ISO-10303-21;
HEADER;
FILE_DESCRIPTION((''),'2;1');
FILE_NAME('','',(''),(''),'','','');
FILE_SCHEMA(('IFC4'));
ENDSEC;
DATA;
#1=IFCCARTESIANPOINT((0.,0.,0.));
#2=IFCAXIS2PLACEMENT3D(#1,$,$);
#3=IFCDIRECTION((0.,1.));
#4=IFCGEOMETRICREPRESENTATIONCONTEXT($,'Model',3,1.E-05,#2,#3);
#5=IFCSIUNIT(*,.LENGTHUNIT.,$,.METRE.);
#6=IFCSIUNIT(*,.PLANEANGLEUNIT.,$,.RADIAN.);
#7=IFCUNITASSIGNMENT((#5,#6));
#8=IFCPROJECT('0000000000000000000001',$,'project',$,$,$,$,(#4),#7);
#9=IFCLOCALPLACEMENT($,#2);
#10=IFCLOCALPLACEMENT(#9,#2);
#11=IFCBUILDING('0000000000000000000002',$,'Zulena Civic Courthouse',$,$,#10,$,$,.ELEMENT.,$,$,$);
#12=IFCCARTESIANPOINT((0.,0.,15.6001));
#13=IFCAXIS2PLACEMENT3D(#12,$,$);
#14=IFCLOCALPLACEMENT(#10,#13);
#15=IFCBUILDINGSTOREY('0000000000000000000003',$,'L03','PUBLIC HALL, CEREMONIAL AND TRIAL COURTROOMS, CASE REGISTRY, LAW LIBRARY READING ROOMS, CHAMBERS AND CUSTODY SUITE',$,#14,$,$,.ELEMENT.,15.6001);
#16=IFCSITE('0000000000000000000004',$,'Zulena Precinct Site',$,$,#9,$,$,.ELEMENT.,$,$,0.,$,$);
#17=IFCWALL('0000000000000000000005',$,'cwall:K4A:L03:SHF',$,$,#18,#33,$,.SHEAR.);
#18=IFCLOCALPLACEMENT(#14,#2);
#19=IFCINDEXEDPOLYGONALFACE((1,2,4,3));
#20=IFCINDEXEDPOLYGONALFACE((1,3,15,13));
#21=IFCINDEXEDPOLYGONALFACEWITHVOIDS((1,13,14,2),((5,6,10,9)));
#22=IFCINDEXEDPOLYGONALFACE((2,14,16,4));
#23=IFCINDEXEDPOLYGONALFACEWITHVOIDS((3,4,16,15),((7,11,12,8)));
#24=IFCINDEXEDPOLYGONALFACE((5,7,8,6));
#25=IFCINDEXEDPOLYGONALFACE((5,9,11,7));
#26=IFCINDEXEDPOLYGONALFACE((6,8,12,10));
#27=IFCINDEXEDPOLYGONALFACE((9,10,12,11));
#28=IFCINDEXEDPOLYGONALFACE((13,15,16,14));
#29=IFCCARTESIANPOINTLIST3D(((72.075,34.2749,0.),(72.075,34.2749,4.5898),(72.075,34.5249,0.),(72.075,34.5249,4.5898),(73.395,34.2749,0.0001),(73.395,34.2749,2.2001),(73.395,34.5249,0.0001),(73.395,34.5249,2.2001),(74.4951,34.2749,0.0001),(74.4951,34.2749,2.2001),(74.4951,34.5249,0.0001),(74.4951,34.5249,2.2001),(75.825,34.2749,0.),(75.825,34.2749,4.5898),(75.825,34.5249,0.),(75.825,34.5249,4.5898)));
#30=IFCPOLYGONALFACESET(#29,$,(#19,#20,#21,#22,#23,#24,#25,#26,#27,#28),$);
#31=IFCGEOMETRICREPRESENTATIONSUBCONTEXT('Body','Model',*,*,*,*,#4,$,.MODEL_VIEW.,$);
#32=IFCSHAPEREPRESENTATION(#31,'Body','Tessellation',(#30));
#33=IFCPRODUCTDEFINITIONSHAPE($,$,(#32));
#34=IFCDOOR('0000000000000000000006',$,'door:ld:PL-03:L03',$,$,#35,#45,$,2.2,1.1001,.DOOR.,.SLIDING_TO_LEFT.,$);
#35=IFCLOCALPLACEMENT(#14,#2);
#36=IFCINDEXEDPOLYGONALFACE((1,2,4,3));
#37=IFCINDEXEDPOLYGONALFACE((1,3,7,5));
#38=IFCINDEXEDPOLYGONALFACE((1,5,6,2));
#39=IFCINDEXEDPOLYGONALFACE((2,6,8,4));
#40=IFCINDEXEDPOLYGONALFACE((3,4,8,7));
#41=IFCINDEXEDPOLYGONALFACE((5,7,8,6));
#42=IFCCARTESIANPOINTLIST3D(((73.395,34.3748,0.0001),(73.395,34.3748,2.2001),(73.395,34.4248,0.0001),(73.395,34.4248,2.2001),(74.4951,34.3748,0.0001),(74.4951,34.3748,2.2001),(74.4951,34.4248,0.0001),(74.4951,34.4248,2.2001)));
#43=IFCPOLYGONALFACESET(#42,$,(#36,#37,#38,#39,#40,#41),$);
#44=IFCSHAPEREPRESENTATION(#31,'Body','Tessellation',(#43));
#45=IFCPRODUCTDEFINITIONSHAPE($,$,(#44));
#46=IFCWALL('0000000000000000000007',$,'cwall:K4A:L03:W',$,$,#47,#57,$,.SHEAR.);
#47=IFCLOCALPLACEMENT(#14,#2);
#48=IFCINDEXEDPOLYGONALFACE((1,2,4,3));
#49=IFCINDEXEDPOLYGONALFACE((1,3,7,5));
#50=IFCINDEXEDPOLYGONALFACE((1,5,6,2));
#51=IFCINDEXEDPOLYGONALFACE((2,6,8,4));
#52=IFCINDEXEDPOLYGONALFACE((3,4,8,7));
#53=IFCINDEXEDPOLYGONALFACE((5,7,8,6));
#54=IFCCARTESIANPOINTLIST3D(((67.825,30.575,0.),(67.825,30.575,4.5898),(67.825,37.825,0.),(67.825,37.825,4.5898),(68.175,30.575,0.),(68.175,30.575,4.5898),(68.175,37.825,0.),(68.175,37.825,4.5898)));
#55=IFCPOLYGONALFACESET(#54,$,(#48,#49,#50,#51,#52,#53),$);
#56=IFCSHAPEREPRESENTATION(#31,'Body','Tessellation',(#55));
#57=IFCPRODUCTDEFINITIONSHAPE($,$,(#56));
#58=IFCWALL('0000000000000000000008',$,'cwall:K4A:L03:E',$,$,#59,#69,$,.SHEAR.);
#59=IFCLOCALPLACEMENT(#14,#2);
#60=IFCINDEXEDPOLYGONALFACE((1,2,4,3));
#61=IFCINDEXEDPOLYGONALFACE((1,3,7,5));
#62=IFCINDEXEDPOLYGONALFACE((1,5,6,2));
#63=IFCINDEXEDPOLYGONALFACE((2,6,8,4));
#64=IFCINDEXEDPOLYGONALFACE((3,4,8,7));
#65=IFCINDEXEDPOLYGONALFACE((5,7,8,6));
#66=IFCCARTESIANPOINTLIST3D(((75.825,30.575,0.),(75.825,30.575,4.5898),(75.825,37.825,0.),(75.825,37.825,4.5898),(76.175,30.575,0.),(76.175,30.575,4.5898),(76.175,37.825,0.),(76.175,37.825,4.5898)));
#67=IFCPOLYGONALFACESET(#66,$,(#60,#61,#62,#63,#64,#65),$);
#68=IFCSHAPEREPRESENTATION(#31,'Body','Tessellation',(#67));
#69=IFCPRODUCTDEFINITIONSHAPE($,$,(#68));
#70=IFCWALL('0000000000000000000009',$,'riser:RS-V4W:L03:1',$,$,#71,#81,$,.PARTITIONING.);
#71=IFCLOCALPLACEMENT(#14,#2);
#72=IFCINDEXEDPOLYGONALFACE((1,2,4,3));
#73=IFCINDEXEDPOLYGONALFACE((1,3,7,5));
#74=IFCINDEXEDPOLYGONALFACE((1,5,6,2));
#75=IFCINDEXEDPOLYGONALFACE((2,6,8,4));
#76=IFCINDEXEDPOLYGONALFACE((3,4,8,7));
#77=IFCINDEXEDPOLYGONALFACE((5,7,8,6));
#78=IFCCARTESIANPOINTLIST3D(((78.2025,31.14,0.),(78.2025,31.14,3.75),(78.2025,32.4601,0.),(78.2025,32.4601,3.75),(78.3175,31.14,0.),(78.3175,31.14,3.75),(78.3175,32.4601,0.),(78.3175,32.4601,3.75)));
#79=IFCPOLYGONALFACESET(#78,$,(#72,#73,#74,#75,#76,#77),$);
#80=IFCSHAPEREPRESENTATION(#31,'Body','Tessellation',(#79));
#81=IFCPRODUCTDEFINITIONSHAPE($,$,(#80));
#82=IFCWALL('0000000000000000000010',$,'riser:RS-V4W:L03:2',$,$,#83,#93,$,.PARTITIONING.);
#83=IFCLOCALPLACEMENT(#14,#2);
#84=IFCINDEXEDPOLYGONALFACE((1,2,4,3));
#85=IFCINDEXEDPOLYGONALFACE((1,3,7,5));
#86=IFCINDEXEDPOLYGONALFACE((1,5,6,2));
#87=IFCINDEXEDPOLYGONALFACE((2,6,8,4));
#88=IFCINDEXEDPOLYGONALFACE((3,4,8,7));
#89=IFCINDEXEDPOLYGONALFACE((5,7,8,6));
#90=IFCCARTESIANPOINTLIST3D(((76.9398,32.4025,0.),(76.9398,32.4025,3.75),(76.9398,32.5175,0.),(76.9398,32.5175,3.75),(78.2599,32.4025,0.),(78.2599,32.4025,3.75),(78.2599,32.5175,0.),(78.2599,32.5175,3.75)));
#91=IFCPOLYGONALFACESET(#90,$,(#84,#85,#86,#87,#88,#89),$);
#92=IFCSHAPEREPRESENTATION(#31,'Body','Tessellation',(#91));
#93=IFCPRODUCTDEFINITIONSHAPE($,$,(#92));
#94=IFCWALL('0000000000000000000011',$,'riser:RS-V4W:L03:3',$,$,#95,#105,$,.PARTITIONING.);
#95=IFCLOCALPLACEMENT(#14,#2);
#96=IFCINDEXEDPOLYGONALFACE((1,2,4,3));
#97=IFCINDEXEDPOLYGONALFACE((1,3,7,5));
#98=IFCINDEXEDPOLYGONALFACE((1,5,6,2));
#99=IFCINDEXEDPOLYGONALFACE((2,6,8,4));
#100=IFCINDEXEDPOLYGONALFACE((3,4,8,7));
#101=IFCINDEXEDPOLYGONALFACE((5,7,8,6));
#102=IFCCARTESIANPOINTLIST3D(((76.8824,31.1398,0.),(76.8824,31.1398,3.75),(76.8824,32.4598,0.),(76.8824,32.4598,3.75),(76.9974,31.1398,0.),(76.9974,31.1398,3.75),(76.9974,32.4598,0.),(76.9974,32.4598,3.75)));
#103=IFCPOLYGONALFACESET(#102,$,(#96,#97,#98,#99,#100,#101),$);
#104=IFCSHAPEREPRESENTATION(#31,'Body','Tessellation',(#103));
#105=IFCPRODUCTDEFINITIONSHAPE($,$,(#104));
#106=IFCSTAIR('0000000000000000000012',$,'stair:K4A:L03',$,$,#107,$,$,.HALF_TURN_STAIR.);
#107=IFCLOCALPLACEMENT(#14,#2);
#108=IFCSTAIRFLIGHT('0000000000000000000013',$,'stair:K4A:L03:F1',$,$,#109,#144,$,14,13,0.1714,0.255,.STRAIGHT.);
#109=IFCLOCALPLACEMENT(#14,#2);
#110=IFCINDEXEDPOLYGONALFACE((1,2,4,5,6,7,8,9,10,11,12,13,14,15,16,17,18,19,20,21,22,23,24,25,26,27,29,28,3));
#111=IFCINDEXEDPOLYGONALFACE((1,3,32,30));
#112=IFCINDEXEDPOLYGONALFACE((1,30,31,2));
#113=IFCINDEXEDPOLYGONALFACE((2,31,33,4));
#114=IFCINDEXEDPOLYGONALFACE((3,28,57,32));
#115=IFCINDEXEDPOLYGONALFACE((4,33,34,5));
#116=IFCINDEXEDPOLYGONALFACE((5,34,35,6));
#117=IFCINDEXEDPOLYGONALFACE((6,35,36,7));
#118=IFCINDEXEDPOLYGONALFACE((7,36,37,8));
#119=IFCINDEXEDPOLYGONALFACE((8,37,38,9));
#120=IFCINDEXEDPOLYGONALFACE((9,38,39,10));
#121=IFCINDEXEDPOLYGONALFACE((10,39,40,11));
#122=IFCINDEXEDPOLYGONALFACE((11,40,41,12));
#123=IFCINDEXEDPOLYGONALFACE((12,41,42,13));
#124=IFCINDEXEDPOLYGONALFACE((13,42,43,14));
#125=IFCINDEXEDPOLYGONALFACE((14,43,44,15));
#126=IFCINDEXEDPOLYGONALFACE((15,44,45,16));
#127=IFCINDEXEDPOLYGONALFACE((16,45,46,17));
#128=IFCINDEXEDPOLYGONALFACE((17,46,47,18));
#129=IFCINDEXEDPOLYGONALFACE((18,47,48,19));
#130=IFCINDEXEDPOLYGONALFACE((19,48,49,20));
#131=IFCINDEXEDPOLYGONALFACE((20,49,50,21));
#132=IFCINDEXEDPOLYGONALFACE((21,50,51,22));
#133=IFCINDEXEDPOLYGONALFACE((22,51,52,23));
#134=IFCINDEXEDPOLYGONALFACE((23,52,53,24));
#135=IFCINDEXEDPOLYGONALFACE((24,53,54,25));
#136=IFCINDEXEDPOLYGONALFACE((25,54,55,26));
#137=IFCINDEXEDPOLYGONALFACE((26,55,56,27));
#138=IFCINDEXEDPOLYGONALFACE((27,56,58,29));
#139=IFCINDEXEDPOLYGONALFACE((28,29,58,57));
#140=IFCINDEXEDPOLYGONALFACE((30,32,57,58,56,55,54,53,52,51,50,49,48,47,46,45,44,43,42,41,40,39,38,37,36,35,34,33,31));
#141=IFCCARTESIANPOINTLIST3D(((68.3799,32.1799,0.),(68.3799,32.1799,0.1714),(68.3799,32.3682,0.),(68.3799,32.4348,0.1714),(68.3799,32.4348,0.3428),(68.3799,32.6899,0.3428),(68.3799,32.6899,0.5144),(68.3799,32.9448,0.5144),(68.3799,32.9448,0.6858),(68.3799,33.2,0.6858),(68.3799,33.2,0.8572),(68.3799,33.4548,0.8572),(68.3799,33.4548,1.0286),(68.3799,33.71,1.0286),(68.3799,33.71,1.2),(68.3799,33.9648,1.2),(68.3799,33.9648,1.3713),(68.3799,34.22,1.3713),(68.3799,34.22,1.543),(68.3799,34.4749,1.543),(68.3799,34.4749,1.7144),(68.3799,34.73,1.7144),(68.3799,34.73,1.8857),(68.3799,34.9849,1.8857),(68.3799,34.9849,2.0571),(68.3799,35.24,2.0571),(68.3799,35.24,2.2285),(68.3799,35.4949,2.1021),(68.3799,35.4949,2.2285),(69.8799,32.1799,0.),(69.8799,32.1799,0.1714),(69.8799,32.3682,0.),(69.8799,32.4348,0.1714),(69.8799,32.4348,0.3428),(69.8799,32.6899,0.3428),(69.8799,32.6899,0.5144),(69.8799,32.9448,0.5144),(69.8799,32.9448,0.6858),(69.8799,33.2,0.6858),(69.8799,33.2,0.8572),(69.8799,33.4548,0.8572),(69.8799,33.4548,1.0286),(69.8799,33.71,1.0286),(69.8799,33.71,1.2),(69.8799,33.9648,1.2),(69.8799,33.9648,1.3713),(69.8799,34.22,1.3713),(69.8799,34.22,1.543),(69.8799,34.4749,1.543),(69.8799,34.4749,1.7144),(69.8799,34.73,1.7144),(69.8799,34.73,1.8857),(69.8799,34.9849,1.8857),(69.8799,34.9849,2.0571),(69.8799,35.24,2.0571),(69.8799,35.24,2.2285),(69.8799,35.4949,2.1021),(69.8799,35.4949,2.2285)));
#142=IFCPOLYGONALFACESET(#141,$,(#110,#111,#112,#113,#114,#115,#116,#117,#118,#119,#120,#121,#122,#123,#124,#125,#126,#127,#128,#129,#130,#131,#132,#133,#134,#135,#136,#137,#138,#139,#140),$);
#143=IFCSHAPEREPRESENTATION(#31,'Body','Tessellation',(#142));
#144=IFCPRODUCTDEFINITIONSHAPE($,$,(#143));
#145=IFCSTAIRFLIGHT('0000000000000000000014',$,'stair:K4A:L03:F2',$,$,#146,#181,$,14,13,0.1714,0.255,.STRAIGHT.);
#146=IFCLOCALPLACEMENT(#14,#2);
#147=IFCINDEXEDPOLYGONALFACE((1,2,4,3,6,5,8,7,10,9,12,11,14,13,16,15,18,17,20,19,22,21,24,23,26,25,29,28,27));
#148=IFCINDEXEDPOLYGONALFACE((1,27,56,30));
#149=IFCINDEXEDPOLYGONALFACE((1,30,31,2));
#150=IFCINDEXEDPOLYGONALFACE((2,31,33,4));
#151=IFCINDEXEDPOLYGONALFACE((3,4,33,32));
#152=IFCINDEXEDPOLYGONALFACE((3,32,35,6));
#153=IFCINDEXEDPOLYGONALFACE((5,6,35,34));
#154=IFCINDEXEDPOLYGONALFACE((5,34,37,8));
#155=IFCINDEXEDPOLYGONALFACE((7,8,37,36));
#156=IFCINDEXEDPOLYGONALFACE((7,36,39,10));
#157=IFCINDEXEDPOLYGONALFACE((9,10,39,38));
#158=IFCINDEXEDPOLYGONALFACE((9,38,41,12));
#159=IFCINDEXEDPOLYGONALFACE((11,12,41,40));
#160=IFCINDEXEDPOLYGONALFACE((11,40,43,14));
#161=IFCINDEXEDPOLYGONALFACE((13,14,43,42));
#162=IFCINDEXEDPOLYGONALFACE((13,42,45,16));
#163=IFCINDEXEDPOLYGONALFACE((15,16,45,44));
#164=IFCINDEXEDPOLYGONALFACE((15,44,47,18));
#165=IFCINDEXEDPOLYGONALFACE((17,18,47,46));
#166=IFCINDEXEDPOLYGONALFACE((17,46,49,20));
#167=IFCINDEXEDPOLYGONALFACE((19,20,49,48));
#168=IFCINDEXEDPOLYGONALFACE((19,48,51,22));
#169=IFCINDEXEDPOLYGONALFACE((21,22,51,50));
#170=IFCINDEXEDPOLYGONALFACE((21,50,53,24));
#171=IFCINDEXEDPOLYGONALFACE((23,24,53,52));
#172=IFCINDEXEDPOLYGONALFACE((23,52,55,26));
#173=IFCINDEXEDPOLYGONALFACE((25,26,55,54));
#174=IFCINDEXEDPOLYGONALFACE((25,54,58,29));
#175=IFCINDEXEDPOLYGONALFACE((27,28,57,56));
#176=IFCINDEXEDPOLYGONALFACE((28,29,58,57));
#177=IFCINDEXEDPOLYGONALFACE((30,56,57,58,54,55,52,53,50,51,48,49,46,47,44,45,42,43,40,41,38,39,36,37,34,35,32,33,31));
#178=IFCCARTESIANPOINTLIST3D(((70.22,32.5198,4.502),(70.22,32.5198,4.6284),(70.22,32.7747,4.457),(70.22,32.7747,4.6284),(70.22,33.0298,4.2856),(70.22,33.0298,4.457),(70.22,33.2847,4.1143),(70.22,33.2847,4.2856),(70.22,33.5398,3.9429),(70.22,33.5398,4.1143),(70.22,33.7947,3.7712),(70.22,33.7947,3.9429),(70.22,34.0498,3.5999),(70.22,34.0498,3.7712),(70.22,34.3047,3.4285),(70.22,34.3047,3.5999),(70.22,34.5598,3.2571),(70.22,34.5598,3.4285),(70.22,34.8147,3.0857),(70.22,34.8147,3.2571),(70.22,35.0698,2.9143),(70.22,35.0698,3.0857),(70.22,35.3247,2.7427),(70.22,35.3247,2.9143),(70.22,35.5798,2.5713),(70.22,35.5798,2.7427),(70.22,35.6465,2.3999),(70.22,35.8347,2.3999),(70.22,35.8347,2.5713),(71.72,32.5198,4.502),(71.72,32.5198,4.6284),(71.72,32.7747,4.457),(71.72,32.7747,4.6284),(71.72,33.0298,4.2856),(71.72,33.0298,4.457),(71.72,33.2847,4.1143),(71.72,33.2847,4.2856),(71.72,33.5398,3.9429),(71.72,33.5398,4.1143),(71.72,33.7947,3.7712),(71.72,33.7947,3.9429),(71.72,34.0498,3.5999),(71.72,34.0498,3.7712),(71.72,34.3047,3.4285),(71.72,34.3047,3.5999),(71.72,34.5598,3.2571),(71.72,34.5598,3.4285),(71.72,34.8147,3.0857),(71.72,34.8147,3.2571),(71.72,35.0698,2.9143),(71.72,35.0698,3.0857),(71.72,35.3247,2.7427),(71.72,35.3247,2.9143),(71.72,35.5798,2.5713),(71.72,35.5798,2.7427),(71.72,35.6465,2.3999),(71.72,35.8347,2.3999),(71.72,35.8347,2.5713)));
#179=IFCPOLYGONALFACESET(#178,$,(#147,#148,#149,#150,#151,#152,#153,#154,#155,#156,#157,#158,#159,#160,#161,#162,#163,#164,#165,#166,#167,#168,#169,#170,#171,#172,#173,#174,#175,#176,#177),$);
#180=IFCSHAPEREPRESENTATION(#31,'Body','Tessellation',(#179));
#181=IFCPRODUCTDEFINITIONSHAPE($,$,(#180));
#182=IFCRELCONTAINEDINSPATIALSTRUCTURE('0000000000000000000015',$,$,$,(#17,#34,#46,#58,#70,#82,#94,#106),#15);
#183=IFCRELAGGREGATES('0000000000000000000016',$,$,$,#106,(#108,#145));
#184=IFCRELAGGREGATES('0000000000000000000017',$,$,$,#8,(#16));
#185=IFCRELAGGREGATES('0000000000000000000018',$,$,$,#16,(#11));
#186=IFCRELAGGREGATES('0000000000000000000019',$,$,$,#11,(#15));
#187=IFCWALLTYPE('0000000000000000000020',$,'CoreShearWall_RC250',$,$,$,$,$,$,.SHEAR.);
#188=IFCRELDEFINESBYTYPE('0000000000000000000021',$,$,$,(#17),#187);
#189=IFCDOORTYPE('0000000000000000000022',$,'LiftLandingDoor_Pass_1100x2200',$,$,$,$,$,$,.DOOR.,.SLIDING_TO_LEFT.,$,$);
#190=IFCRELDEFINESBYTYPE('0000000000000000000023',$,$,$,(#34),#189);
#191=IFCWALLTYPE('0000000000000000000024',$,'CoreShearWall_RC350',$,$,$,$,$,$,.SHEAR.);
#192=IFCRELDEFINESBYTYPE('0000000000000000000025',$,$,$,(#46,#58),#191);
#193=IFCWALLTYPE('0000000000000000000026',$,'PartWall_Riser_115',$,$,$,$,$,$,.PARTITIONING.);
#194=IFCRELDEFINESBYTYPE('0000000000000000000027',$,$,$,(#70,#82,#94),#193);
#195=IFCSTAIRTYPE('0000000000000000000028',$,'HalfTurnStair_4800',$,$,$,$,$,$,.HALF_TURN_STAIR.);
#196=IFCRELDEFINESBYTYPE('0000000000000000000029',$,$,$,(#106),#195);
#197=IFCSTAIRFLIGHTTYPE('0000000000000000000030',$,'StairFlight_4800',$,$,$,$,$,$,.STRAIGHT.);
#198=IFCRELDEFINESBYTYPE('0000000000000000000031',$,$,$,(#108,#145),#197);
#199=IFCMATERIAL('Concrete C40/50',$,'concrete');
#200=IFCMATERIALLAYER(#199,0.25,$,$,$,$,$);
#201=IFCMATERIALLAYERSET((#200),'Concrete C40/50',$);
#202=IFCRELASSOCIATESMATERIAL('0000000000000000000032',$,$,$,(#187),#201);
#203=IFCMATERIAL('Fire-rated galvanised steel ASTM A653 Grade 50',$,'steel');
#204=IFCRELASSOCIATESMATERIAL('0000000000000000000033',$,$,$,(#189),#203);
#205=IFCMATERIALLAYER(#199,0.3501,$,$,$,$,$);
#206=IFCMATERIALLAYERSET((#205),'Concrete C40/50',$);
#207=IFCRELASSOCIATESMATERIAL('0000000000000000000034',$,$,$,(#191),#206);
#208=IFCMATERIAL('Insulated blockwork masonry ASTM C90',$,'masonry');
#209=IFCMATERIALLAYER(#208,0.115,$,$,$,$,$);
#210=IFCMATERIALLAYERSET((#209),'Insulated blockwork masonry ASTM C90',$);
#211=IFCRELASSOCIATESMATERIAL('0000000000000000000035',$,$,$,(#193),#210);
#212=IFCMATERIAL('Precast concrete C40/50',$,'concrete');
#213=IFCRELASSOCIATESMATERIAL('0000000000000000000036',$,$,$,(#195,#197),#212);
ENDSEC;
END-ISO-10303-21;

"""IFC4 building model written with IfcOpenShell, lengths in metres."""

from ifc_helpers import new_model, si_unit, direction, frame, frame_2d, origin, place, context, subcontext, project, spatial, polyline, rectangle, outline, extrude, material, layer, layer_set, type_object, element, fill, aggregate, save


model = new_model("IFC4")

# Units and contexts
model_context = context("Model", 3, precision=1e-05, world=origin(), true_north=direction((0.0, 1.0)))
body_context = subcontext(model_context, "Body", "Model", "MODEL_VIEW")
ifc_project = project(units=[si_unit("LENGTHUNIT", "METRE"), si_unit("PLANEANGLEUNIT", "RADIAN")], contexts=[model_context])

# Site, building, storey
site_placement = place(None, origin())
site = spatial("IfcSite", under=ifc_project, at=site_placement, Name="Zulena Precinct Site", CompositionType="ELEMENT", RefElevation=0.0)
building_placement = place(site_placement, origin())
building = spatial("IfcBuilding", under=site, at=building_placement, Name="Zulena Civic Courthouse", CompositionType="ELEMENT")
storey_placement = place(building_placement, frame((0.0, 0.0, 15.6001)))
storey = spatial("IfcBuildingStorey", under=building, at=storey_placement, Name="L03", Description="PUBLIC HALL, CEREMONIAL AND TRIAL COURTROOMS, CASE REGISTRY, LAW LIBRARY READING ROOMS, CHAMBERS AND CUSTODY SUITE", CompositionType="ELEMENT", Elevation=15.6001)

# Wall, opening, door
ifc_material_1 = material(Name="Concrete C40/50", Category="concrete")
ifc_layer_1 = layer(ifc_material_1, 0.25)
ifc_layer_set_1 = layer_set([ifc_layer_1], Name="Concrete C40/50")
wall_type_1 = type_object("IfcWallType", Name="CoreShearWall_RC250", PredefinedType="SHEAR", material=ifc_layer_set_1)
ifc_material_2 = material(Name="Fire-rated galvanised steel ASTM A653 Grade 50", Category="steel")
wall_1_placement = place(storey_placement, frame((72.075, 34.3999, 0.0), z_axis=(0.0, 0.0, 1.0), x_axis=(1.0, 0.0, 0.0)))
wall_1 = element("IfcWall", 1, at=wall_1_placement, inside=storey, type_object=wall_type_1, Name="cwall:K4A:L03:SHF", PredefinedType="SHEAR", context=body_context, shape_type="SweptSolid", body=[
    extrude(rectangle(XDim=3.75, YDim=0.25, at=frame_2d((1.875, 0.0))), origin(), (0.0, 0.0, 1.0), 4.5898),
])
opening_1_placement = place(wall_1_placement, frame((1.3201, 0.0, 0.0)))
opening_1 = element("IfcOpeningElement", 2, at=opening_1_placement, cuts=wall_1, PredefinedType="OPENING", context=body_context, shape_type="SweptSolid", body=[
    extrude(rectangle(XDim=1.1001, YDim=2.2, at=frame_2d((0.55, 1.1001))), frame((0.0, 0.135, 0.0), z_axis=(0.0, -1.0, 0.0), x_axis=(1.0, 0.0, 0.0)), (0.0, 0.0, 1.0), 0.27),
])
door_type_1 = type_object("IfcDoorType", Name="LiftLandingDoor_Pass_1100x2200", OperationType="SLIDING_TO_LEFT", PredefinedType="DOOR", material=ifc_material_2)
door_1_placement = place(opening_1_placement, origin())
door_1 = element("IfcDoor", 3, at=door_1_placement, inside=storey, type_object=door_type_1, Name="door:ld:PL-03:L03", OperationType="SLIDING_TO_LEFT", OverallHeight=2.2, OverallWidth=1.1001, PredefinedType="DOOR", context=body_context, shape_type="SweptSolid", body=[
    extrude(rectangle(XDim=1.1001, YDim=2.2, at=frame_2d((0.55, 1.1001))), frame((0.0, 0.0249, 0.0), z_axis=(0.0, -1.0, 0.0), x_axis=(1.0, 0.0, 0.0)), (0.0, 0.0, 1.0), 0.05),
])
fill(opening_1, door_1)

# Walls
ifc_layer_2 = layer(ifc_material_1, 0.3501)
ifc_layer_set_2 = layer_set([ifc_layer_2], Name="Concrete C40/50")
wall_type_2 = type_object("IfcWallType", Name="CoreShearWall_RC350", PredefinedType="SHEAR", material=ifc_layer_set_2)
for number, where, z_axis, x_axis, name in (
    (4, (68.0, 30.575, 0.0), (0.0, 0.0, 1.0), (0.0, 1.0, 0.0), "cwall:K4A:L03:W"),
    (5, (76.0, 30.575, 0.0), (0.0, 0.0, 1.0), (0.0, 1.0, 0.0), "cwall:K4A:L03:E"),
):
    element("IfcWall", number, at=place(storey_placement, frame(where, z_axis=z_axis, x_axis=x_axis)), inside=storey, type_object=wall_type_2, Name=name, PredefinedType="SHEAR", context=body_context, shape_type="SweptSolid", body=[
        extrude(rectangle(XDim=7.25, YDim=0.3501, at=frame_2d((3.625, 0.0))), origin(), (0.0, 0.0, 1.0), 4.5898),
    ])
ifc_material_3 = material(Name="Insulated blockwork masonry ASTM C90", Category="masonry")
ifc_layer_3 = layer(ifc_material_3, 0.115)
ifc_layer_set_3 = layer_set([ifc_layer_3], Name="Insulated blockwork masonry ASTM C90")
wall_type_3 = type_object("IfcWallType", Name="PartWall_Riser_115", PredefinedType="PARTITIONING", material=ifc_layer_set_3)
for number, where, z_axis, x_axis, name in (
    (6, (78.26, 31.1399, 0.0), (0.0, 0.0, 1.0), (0.0, 1.0, 0.0), "riser:RS-V4W:L03:1"),
    (7, (78.26, 32.46, 0.0), (0.0, 0.0, 1.0), (-1.0, 0.0, 0.0), "riser:RS-V4W:L03:2"),
    (8, (76.9399, 32.46, 0.0), (0.0, 0.0, 1.0), (0.0, -1.0, 0.0), "riser:RS-V4W:L03:3"),
):
    element("IfcWall", number, at=place(storey_placement, frame(where, z_axis=z_axis, x_axis=x_axis)), inside=storey, type_object=wall_type_3, Name=name, PredefinedType="PARTITIONING", context=body_context, shape_type="SweptSolid", body=[
        extrude(rectangle(XDim=1.3201, YDim=0.115, at=frame_2d((0.6602, 0.0))), origin(), (0.0, 0.0, 1.0), 3.75),
    ])

# Stair, stair flights
ifc_material_4 = material(Name="Precast concrete C40/50", Category="concrete")
stair_type = type_object("IfcStairType", Name="HalfTurnStair_4800", PredefinedType="HALF_TURN_STAIR", material=ifc_material_4)
stair_placement = place(storey_placement, origin())
stair = element("IfcStair", 9, at=stair_placement, inside=storey, type_object=stair_type, Name="stair:K4A:L03", PredefinedType="HALF_TURN_STAIR")
stair_flight_type = type_object("IfcStairFlightType", Name="StairFlight_4800", PredefinedType="STRAIGHT", material=ifc_material_4)
stair_flight_1_placement = place(storey_placement, frame((69.1299, 32.1799, 0.0), z_axis=(0.0, 0.0, 1.0), x_axis=(0.0, 1.0, 0.0)))
stair_flight_1 = element("IfcStairFlight", 10, at=stair_flight_1_placement, type_object=stair_flight_type, Name="stair:K4A:L03:F1", NumberOfRisers=14, NumberOfTreads=13, PredefinedType="STRAIGHT", RiserHeight=0.1714, TreadLength=0.255, context=body_context, shape_type="SweptSolid", body=[
    extrude(outline(polyline([(0.0, 0.0), (0.0, 0.1714), (0.2549, 0.1714), (0.2549, 0.3428), (0.51, 0.3428), (0.51, 0.5144), (0.7649, 0.5144), (0.7649, 0.6858), (1.02, 0.6858), (1.02, 0.8572), (1.2749, 0.8572), (1.2749, 1.0286), (1.53, 1.0286), (1.53, 1.2), (1.7849, 1.2), (1.7849, 1.3713), (2.04, 1.3713), (2.04, 1.543), (2.2949, 1.543), (2.2949, 1.7144), (2.55, 1.7144), (2.55, 1.8857), (2.8049, 1.8857), (2.8049, 2.0571), (3.0601, 2.0571), (3.0601, 2.2285), (3.3149, 2.2285), (3.3149, 2.3999), (3.3149, 2.1021), (0.1882, 0.0), (0.0, 0.0)])), frame((0.0, 0.75, 0.0), z_axis=(0.0, -1.0, 0.0), x_axis=(1.0, 0.0, 0.0)), (0.0, 0.0, 1.0), 1.5),
])
stair_flight_2_placement = place(storey_placement, frame((70.97, 35.8347, 2.3999), z_axis=(0.0, 0.0, 1.0), x_axis=(0.0, -1.0, 0.0)))
stair_flight_2 = element("IfcStairFlight", 11, at=stair_flight_2_placement, type_object=stair_flight_type, Name="stair:K4A:L03:F2", NumberOfRisers=14, NumberOfTreads=13, PredefinedType="STRAIGHT", RiserHeight=0.1714, TreadLength=0.255, context=body_context, shape_type="SweptSolid", body=[
    extrude(outline(polyline([(0.0, 0.0), (0.0, 0.1714), (0.2549, 0.1714), (0.2549, 0.3428), (0.51, 0.3428), (0.51, 0.5144), (0.7649, 0.5144), (0.7649, 0.6858), (1.02, 0.6858), (1.02, 0.8572), (1.2749, 0.8572), (1.2749, 1.0286), (1.53, 1.0286), (1.53, 1.2), (1.7849, 1.2), (1.7849, 1.3713), (2.04, 1.3713), (2.04, 1.543), (2.2949, 1.543), (2.2949, 1.7144), (2.55, 1.7144), (2.55, 1.8857), (2.8049, 1.8857), (2.8049, 2.0571), (3.0601, 2.0571), (3.0601, 2.2285), (3.3149, 2.2285), (3.3149, 2.3999), (3.3149, 2.1021), (0.1882, 0.0), (0.0, 0.0)])), frame((0.0, 0.75, 0.0), z_axis=(0.0, -1.0, 0.0), x_axis=(1.0, 0.0, 0.0)), (0.0, 0.0, 1.0), 1.5),
])
aggregate(stair, [stair_flight_1, stair_flight_2])

save(model, "model.ifc")
